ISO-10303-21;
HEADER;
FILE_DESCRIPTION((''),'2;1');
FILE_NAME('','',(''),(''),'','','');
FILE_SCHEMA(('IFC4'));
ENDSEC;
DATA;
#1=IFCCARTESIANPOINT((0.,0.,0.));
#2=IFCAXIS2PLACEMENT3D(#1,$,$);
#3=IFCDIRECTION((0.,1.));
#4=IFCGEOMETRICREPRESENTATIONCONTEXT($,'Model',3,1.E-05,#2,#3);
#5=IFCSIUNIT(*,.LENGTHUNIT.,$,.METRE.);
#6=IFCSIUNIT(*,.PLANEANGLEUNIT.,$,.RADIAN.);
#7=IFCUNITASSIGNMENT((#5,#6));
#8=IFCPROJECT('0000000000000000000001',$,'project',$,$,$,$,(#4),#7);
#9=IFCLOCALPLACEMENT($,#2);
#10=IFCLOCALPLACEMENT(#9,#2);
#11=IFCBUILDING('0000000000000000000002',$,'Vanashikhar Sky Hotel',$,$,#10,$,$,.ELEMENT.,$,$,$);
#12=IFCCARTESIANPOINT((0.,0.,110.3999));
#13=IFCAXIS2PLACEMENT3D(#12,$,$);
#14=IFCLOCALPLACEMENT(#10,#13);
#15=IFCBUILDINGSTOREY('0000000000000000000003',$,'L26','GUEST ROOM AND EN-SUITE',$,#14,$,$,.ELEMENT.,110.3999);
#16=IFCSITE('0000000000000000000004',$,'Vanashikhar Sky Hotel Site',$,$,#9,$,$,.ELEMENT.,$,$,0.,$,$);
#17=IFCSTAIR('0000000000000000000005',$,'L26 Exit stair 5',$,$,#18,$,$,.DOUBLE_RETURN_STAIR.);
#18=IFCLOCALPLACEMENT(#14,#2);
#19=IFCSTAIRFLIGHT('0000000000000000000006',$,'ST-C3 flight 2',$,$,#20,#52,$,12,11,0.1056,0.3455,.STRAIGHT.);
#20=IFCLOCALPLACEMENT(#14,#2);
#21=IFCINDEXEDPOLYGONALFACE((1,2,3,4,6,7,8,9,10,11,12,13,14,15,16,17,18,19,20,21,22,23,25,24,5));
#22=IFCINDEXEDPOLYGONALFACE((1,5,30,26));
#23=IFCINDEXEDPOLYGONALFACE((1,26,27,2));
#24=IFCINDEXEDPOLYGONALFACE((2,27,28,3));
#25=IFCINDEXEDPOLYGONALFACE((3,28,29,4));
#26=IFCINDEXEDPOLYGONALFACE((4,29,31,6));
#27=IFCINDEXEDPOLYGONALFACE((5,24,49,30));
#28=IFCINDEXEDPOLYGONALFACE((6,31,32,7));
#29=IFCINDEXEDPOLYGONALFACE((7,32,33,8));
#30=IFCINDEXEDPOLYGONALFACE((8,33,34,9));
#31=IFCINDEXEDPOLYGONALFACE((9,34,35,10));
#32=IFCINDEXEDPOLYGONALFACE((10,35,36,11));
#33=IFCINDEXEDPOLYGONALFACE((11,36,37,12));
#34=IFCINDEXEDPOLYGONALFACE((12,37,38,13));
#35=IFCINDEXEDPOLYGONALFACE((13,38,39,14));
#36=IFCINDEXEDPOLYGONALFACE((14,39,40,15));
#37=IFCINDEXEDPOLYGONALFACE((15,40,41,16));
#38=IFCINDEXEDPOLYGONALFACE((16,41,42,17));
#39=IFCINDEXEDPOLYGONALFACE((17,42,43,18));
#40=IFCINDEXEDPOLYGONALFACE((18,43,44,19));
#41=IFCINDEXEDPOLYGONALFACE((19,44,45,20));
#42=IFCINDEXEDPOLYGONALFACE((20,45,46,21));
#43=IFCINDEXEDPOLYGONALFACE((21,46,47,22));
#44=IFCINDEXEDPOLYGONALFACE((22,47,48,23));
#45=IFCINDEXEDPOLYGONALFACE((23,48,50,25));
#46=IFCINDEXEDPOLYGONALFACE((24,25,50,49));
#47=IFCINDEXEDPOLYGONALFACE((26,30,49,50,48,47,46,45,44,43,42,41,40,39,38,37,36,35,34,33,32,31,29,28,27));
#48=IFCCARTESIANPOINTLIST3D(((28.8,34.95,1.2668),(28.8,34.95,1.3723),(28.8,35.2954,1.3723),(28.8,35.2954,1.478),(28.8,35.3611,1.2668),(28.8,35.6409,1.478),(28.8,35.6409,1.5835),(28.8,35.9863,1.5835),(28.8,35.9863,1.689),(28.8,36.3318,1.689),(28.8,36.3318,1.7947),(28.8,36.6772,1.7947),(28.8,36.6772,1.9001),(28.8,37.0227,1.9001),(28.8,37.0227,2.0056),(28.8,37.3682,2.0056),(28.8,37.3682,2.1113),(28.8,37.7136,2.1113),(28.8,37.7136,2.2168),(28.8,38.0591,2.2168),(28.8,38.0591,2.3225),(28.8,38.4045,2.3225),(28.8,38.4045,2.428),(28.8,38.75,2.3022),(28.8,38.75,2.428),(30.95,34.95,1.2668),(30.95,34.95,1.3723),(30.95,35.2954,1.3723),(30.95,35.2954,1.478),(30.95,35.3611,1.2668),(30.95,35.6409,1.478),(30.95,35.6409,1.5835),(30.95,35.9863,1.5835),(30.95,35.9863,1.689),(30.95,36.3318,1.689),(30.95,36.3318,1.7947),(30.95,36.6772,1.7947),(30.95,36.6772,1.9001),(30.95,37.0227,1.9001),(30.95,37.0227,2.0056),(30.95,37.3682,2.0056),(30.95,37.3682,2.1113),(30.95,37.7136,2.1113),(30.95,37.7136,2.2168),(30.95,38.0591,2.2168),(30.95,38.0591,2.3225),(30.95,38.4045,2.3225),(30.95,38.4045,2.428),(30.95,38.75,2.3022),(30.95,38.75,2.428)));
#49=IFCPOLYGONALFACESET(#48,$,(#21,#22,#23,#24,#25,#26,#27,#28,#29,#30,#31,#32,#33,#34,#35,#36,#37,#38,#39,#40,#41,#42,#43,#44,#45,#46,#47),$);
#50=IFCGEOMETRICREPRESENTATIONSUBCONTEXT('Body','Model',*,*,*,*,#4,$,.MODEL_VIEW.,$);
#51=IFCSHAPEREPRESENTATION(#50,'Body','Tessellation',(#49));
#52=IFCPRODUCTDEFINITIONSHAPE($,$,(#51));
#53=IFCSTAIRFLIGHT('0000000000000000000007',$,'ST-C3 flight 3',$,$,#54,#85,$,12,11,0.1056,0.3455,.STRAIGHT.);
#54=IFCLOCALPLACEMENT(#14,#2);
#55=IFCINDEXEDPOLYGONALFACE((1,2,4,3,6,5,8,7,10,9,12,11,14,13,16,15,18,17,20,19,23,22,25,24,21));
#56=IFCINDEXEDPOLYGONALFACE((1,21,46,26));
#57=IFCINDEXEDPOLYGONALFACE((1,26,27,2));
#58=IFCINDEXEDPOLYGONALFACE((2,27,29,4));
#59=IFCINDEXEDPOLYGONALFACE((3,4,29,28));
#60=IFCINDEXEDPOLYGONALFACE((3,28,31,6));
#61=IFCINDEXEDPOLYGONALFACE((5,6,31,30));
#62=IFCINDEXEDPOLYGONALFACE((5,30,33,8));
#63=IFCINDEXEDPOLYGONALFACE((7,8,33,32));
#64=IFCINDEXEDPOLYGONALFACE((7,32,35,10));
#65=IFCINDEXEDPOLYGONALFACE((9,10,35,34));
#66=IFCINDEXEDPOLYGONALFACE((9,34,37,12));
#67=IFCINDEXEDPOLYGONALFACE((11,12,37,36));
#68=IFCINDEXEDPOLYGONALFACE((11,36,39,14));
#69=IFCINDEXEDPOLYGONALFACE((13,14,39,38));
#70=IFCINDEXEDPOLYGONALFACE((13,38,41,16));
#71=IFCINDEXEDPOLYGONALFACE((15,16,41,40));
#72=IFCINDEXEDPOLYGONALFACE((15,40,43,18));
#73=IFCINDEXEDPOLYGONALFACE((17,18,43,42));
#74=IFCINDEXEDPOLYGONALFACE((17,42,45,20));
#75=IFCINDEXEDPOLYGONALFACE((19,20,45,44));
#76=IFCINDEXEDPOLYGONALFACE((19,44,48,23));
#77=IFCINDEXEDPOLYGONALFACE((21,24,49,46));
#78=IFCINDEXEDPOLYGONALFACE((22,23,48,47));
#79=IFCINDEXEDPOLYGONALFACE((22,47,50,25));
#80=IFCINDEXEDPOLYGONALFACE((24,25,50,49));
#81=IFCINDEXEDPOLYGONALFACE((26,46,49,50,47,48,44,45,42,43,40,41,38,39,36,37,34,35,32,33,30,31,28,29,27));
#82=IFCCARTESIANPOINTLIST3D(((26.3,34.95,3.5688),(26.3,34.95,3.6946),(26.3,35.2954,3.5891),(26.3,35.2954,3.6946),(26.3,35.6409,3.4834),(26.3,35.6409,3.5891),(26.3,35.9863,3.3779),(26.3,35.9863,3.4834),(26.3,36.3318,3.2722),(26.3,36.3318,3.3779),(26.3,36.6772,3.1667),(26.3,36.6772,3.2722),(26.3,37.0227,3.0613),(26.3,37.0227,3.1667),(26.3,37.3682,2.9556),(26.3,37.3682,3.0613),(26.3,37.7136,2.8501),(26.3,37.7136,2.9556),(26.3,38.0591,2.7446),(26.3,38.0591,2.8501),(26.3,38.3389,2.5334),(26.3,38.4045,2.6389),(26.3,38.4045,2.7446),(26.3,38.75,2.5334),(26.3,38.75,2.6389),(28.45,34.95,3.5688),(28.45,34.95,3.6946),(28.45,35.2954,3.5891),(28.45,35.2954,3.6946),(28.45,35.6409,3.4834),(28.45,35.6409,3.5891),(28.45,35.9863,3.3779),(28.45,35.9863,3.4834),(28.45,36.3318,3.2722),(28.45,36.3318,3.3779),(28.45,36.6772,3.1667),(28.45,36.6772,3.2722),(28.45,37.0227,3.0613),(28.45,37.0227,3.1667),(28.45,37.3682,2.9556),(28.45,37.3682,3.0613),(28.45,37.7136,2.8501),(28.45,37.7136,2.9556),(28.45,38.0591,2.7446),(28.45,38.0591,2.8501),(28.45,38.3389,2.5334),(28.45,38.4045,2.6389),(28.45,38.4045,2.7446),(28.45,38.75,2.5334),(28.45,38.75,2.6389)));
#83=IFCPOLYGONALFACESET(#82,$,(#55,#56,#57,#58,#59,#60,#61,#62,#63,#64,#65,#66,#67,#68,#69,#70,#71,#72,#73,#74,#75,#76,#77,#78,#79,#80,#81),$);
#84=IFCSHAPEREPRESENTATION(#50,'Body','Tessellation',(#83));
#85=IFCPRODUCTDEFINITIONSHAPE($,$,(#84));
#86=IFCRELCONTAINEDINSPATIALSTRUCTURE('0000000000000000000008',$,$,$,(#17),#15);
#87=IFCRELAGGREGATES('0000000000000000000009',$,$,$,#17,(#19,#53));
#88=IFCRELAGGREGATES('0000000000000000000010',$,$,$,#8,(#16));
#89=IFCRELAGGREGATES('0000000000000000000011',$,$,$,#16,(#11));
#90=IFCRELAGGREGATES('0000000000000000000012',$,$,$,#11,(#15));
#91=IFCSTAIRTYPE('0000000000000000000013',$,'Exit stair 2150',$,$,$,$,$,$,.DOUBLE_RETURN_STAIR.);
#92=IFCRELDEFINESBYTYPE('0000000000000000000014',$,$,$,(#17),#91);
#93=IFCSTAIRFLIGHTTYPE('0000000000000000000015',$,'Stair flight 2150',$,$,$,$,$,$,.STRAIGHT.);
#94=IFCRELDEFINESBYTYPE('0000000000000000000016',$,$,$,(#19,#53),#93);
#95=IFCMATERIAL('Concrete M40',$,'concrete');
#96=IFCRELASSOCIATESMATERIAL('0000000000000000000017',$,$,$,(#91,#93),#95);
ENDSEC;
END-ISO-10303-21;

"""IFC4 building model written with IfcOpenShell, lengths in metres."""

from ifc_helpers import new_model, si_unit, direction, frame, origin, place, context, subcontext, project, spatial, polyline, outline, extrude, source, transform, mapped, material, type_object, element, aggregate, save


model = new_model("IFC4")

# Units and contexts
model_context = context("Model", 3, precision=1e-05, world=origin(), true_north=direction((0.0, 1.0)))
body_context = subcontext(model_context, "Body", "Model", "MODEL_VIEW")
ifc_project = project(units=[si_unit("LENGTHUNIT", "METRE"), si_unit("PLANEANGLEUNIT", "RADIAN")], contexts=[model_context])

# Site, building, storey
site_placement = place(None, origin())
site = spatial("IfcSite", under=ifc_project, at=site_placement, Name="Vanashikhar Sky Hotel Site", CompositionType="ELEMENT", RefElevation=0.0)
building_placement = place(site_placement, origin())
building = spatial("IfcBuilding", under=site, at=building_placement, Name="Vanashikhar Sky Hotel", CompositionType="ELEMENT")
storey_placement = place(building_placement, frame((0.0, 0.0, 110.3999)))
storey = spatial("IfcBuildingStorey", under=building, at=storey_placement, Name="L26", Description="GUEST ROOM AND EN-SUITE", CompositionType="ELEMENT", Elevation=110.3999)

# Shared definitions
ifc_material_1 = material(Name="Concrete M40", Category="concrete")

# Stair, stair flights
stair_type = type_object("IfcStairType", Name="Exit stair 2150", PredefinedType="DOUBLE_RETURN_STAIR", material=ifc_material_1)
stair_placement = place(storey_placement, origin())
stair = element("IfcStair", 1, at=stair_placement, inside=storey, type_object=stair_type, Name="L26 Exit stair 5", PredefinedType="DOUBLE_RETURN_STAIR")
stair_flight_type = type_object("IfcStairFlightType", Name="Stair flight 2150", PredefinedType="STRAIGHT", material=ifc_material_1)
shared_shape_1 = source(origin(), body_context, "Body", "SweptSolid", [
    extrude(outline(polyline([(0.0, 0.0), (0.0, 0.1055), (0.3455, 0.1055), (0.3455, 0.2112), (0.6909, 0.2112), (0.6909, 0.3167), (1.0364, 0.3167), (1.0364, 0.4221), (1.3818, 0.4221), (1.3818, 0.5278), (1.7273, 0.5278), (1.7273, 0.6333), (2.0728, 0.6333), (2.0728, 0.7388), (2.4182, 0.7388), (2.4182, 0.8445), (2.7637, 0.8445), (2.7637, 0.95), (3.1091, 0.95), (3.1091, 1.0557), (3.4546, 1.0557), (3.4546, 1.1611), (3.8, 1.1611), (3.8, 1.2666), (3.8, 1.0354), (0.4111, 0.0), (0.0, 0.0)])), frame((0.0, 1.075, 0.0), z_axis=(0.0, -1.0, 0.0), x_axis=(1.0, 0.0, 0.0)), (0.0, 0.0, 1.0), 2.1499),
])
stair_flight_1_placement = place(storey_placement, frame((29.875, 34.95, 1.2668), z_axis=(0.0, 0.0, 1.0), x_axis=(0.0, 1.0, 0.0)))
stair_flight_1 = element("IfcStairFlight", 2, at=stair_flight_1_placement, type_object=stair_flight_type, Name="ST-C3 flight 2", NumberOfRisers=12, NumberOfTreads=11, PredefinedType="STRAIGHT", RiserHeight=0.1056, TreadLength=0.3455, context=body_context, shape_type="MappedRepresentation", body=[
    mapped(shared_shape_1, transform((0.0, 0.0, 0.0), scale=1.0)),
])
stair_flight_2_placement = place(storey_placement, frame((27.375, 38.75, 2.5334), z_axis=(0.0, 0.0, 1.0), x_axis=(0.0, -1.0, 0.0)))
stair_flight_2 = element("IfcStairFlight", 3, at=stair_flight_2_placement, type_object=stair_flight_type, Name="ST-C3 flight 3", NumberOfRisers=12, NumberOfTreads=11, PredefinedType="STRAIGHT", RiserHeight=0.1056, TreadLength=0.3455, context=body_context, shape_type="MappedRepresentation", body=[
    mapped(shared_shape_1, transform((0.0, 0.0, 0.0), scale=1.0)),
])
aggregate(stair, [stair_flight_1, stair_flight_2])

save(model, "model.ifc")
